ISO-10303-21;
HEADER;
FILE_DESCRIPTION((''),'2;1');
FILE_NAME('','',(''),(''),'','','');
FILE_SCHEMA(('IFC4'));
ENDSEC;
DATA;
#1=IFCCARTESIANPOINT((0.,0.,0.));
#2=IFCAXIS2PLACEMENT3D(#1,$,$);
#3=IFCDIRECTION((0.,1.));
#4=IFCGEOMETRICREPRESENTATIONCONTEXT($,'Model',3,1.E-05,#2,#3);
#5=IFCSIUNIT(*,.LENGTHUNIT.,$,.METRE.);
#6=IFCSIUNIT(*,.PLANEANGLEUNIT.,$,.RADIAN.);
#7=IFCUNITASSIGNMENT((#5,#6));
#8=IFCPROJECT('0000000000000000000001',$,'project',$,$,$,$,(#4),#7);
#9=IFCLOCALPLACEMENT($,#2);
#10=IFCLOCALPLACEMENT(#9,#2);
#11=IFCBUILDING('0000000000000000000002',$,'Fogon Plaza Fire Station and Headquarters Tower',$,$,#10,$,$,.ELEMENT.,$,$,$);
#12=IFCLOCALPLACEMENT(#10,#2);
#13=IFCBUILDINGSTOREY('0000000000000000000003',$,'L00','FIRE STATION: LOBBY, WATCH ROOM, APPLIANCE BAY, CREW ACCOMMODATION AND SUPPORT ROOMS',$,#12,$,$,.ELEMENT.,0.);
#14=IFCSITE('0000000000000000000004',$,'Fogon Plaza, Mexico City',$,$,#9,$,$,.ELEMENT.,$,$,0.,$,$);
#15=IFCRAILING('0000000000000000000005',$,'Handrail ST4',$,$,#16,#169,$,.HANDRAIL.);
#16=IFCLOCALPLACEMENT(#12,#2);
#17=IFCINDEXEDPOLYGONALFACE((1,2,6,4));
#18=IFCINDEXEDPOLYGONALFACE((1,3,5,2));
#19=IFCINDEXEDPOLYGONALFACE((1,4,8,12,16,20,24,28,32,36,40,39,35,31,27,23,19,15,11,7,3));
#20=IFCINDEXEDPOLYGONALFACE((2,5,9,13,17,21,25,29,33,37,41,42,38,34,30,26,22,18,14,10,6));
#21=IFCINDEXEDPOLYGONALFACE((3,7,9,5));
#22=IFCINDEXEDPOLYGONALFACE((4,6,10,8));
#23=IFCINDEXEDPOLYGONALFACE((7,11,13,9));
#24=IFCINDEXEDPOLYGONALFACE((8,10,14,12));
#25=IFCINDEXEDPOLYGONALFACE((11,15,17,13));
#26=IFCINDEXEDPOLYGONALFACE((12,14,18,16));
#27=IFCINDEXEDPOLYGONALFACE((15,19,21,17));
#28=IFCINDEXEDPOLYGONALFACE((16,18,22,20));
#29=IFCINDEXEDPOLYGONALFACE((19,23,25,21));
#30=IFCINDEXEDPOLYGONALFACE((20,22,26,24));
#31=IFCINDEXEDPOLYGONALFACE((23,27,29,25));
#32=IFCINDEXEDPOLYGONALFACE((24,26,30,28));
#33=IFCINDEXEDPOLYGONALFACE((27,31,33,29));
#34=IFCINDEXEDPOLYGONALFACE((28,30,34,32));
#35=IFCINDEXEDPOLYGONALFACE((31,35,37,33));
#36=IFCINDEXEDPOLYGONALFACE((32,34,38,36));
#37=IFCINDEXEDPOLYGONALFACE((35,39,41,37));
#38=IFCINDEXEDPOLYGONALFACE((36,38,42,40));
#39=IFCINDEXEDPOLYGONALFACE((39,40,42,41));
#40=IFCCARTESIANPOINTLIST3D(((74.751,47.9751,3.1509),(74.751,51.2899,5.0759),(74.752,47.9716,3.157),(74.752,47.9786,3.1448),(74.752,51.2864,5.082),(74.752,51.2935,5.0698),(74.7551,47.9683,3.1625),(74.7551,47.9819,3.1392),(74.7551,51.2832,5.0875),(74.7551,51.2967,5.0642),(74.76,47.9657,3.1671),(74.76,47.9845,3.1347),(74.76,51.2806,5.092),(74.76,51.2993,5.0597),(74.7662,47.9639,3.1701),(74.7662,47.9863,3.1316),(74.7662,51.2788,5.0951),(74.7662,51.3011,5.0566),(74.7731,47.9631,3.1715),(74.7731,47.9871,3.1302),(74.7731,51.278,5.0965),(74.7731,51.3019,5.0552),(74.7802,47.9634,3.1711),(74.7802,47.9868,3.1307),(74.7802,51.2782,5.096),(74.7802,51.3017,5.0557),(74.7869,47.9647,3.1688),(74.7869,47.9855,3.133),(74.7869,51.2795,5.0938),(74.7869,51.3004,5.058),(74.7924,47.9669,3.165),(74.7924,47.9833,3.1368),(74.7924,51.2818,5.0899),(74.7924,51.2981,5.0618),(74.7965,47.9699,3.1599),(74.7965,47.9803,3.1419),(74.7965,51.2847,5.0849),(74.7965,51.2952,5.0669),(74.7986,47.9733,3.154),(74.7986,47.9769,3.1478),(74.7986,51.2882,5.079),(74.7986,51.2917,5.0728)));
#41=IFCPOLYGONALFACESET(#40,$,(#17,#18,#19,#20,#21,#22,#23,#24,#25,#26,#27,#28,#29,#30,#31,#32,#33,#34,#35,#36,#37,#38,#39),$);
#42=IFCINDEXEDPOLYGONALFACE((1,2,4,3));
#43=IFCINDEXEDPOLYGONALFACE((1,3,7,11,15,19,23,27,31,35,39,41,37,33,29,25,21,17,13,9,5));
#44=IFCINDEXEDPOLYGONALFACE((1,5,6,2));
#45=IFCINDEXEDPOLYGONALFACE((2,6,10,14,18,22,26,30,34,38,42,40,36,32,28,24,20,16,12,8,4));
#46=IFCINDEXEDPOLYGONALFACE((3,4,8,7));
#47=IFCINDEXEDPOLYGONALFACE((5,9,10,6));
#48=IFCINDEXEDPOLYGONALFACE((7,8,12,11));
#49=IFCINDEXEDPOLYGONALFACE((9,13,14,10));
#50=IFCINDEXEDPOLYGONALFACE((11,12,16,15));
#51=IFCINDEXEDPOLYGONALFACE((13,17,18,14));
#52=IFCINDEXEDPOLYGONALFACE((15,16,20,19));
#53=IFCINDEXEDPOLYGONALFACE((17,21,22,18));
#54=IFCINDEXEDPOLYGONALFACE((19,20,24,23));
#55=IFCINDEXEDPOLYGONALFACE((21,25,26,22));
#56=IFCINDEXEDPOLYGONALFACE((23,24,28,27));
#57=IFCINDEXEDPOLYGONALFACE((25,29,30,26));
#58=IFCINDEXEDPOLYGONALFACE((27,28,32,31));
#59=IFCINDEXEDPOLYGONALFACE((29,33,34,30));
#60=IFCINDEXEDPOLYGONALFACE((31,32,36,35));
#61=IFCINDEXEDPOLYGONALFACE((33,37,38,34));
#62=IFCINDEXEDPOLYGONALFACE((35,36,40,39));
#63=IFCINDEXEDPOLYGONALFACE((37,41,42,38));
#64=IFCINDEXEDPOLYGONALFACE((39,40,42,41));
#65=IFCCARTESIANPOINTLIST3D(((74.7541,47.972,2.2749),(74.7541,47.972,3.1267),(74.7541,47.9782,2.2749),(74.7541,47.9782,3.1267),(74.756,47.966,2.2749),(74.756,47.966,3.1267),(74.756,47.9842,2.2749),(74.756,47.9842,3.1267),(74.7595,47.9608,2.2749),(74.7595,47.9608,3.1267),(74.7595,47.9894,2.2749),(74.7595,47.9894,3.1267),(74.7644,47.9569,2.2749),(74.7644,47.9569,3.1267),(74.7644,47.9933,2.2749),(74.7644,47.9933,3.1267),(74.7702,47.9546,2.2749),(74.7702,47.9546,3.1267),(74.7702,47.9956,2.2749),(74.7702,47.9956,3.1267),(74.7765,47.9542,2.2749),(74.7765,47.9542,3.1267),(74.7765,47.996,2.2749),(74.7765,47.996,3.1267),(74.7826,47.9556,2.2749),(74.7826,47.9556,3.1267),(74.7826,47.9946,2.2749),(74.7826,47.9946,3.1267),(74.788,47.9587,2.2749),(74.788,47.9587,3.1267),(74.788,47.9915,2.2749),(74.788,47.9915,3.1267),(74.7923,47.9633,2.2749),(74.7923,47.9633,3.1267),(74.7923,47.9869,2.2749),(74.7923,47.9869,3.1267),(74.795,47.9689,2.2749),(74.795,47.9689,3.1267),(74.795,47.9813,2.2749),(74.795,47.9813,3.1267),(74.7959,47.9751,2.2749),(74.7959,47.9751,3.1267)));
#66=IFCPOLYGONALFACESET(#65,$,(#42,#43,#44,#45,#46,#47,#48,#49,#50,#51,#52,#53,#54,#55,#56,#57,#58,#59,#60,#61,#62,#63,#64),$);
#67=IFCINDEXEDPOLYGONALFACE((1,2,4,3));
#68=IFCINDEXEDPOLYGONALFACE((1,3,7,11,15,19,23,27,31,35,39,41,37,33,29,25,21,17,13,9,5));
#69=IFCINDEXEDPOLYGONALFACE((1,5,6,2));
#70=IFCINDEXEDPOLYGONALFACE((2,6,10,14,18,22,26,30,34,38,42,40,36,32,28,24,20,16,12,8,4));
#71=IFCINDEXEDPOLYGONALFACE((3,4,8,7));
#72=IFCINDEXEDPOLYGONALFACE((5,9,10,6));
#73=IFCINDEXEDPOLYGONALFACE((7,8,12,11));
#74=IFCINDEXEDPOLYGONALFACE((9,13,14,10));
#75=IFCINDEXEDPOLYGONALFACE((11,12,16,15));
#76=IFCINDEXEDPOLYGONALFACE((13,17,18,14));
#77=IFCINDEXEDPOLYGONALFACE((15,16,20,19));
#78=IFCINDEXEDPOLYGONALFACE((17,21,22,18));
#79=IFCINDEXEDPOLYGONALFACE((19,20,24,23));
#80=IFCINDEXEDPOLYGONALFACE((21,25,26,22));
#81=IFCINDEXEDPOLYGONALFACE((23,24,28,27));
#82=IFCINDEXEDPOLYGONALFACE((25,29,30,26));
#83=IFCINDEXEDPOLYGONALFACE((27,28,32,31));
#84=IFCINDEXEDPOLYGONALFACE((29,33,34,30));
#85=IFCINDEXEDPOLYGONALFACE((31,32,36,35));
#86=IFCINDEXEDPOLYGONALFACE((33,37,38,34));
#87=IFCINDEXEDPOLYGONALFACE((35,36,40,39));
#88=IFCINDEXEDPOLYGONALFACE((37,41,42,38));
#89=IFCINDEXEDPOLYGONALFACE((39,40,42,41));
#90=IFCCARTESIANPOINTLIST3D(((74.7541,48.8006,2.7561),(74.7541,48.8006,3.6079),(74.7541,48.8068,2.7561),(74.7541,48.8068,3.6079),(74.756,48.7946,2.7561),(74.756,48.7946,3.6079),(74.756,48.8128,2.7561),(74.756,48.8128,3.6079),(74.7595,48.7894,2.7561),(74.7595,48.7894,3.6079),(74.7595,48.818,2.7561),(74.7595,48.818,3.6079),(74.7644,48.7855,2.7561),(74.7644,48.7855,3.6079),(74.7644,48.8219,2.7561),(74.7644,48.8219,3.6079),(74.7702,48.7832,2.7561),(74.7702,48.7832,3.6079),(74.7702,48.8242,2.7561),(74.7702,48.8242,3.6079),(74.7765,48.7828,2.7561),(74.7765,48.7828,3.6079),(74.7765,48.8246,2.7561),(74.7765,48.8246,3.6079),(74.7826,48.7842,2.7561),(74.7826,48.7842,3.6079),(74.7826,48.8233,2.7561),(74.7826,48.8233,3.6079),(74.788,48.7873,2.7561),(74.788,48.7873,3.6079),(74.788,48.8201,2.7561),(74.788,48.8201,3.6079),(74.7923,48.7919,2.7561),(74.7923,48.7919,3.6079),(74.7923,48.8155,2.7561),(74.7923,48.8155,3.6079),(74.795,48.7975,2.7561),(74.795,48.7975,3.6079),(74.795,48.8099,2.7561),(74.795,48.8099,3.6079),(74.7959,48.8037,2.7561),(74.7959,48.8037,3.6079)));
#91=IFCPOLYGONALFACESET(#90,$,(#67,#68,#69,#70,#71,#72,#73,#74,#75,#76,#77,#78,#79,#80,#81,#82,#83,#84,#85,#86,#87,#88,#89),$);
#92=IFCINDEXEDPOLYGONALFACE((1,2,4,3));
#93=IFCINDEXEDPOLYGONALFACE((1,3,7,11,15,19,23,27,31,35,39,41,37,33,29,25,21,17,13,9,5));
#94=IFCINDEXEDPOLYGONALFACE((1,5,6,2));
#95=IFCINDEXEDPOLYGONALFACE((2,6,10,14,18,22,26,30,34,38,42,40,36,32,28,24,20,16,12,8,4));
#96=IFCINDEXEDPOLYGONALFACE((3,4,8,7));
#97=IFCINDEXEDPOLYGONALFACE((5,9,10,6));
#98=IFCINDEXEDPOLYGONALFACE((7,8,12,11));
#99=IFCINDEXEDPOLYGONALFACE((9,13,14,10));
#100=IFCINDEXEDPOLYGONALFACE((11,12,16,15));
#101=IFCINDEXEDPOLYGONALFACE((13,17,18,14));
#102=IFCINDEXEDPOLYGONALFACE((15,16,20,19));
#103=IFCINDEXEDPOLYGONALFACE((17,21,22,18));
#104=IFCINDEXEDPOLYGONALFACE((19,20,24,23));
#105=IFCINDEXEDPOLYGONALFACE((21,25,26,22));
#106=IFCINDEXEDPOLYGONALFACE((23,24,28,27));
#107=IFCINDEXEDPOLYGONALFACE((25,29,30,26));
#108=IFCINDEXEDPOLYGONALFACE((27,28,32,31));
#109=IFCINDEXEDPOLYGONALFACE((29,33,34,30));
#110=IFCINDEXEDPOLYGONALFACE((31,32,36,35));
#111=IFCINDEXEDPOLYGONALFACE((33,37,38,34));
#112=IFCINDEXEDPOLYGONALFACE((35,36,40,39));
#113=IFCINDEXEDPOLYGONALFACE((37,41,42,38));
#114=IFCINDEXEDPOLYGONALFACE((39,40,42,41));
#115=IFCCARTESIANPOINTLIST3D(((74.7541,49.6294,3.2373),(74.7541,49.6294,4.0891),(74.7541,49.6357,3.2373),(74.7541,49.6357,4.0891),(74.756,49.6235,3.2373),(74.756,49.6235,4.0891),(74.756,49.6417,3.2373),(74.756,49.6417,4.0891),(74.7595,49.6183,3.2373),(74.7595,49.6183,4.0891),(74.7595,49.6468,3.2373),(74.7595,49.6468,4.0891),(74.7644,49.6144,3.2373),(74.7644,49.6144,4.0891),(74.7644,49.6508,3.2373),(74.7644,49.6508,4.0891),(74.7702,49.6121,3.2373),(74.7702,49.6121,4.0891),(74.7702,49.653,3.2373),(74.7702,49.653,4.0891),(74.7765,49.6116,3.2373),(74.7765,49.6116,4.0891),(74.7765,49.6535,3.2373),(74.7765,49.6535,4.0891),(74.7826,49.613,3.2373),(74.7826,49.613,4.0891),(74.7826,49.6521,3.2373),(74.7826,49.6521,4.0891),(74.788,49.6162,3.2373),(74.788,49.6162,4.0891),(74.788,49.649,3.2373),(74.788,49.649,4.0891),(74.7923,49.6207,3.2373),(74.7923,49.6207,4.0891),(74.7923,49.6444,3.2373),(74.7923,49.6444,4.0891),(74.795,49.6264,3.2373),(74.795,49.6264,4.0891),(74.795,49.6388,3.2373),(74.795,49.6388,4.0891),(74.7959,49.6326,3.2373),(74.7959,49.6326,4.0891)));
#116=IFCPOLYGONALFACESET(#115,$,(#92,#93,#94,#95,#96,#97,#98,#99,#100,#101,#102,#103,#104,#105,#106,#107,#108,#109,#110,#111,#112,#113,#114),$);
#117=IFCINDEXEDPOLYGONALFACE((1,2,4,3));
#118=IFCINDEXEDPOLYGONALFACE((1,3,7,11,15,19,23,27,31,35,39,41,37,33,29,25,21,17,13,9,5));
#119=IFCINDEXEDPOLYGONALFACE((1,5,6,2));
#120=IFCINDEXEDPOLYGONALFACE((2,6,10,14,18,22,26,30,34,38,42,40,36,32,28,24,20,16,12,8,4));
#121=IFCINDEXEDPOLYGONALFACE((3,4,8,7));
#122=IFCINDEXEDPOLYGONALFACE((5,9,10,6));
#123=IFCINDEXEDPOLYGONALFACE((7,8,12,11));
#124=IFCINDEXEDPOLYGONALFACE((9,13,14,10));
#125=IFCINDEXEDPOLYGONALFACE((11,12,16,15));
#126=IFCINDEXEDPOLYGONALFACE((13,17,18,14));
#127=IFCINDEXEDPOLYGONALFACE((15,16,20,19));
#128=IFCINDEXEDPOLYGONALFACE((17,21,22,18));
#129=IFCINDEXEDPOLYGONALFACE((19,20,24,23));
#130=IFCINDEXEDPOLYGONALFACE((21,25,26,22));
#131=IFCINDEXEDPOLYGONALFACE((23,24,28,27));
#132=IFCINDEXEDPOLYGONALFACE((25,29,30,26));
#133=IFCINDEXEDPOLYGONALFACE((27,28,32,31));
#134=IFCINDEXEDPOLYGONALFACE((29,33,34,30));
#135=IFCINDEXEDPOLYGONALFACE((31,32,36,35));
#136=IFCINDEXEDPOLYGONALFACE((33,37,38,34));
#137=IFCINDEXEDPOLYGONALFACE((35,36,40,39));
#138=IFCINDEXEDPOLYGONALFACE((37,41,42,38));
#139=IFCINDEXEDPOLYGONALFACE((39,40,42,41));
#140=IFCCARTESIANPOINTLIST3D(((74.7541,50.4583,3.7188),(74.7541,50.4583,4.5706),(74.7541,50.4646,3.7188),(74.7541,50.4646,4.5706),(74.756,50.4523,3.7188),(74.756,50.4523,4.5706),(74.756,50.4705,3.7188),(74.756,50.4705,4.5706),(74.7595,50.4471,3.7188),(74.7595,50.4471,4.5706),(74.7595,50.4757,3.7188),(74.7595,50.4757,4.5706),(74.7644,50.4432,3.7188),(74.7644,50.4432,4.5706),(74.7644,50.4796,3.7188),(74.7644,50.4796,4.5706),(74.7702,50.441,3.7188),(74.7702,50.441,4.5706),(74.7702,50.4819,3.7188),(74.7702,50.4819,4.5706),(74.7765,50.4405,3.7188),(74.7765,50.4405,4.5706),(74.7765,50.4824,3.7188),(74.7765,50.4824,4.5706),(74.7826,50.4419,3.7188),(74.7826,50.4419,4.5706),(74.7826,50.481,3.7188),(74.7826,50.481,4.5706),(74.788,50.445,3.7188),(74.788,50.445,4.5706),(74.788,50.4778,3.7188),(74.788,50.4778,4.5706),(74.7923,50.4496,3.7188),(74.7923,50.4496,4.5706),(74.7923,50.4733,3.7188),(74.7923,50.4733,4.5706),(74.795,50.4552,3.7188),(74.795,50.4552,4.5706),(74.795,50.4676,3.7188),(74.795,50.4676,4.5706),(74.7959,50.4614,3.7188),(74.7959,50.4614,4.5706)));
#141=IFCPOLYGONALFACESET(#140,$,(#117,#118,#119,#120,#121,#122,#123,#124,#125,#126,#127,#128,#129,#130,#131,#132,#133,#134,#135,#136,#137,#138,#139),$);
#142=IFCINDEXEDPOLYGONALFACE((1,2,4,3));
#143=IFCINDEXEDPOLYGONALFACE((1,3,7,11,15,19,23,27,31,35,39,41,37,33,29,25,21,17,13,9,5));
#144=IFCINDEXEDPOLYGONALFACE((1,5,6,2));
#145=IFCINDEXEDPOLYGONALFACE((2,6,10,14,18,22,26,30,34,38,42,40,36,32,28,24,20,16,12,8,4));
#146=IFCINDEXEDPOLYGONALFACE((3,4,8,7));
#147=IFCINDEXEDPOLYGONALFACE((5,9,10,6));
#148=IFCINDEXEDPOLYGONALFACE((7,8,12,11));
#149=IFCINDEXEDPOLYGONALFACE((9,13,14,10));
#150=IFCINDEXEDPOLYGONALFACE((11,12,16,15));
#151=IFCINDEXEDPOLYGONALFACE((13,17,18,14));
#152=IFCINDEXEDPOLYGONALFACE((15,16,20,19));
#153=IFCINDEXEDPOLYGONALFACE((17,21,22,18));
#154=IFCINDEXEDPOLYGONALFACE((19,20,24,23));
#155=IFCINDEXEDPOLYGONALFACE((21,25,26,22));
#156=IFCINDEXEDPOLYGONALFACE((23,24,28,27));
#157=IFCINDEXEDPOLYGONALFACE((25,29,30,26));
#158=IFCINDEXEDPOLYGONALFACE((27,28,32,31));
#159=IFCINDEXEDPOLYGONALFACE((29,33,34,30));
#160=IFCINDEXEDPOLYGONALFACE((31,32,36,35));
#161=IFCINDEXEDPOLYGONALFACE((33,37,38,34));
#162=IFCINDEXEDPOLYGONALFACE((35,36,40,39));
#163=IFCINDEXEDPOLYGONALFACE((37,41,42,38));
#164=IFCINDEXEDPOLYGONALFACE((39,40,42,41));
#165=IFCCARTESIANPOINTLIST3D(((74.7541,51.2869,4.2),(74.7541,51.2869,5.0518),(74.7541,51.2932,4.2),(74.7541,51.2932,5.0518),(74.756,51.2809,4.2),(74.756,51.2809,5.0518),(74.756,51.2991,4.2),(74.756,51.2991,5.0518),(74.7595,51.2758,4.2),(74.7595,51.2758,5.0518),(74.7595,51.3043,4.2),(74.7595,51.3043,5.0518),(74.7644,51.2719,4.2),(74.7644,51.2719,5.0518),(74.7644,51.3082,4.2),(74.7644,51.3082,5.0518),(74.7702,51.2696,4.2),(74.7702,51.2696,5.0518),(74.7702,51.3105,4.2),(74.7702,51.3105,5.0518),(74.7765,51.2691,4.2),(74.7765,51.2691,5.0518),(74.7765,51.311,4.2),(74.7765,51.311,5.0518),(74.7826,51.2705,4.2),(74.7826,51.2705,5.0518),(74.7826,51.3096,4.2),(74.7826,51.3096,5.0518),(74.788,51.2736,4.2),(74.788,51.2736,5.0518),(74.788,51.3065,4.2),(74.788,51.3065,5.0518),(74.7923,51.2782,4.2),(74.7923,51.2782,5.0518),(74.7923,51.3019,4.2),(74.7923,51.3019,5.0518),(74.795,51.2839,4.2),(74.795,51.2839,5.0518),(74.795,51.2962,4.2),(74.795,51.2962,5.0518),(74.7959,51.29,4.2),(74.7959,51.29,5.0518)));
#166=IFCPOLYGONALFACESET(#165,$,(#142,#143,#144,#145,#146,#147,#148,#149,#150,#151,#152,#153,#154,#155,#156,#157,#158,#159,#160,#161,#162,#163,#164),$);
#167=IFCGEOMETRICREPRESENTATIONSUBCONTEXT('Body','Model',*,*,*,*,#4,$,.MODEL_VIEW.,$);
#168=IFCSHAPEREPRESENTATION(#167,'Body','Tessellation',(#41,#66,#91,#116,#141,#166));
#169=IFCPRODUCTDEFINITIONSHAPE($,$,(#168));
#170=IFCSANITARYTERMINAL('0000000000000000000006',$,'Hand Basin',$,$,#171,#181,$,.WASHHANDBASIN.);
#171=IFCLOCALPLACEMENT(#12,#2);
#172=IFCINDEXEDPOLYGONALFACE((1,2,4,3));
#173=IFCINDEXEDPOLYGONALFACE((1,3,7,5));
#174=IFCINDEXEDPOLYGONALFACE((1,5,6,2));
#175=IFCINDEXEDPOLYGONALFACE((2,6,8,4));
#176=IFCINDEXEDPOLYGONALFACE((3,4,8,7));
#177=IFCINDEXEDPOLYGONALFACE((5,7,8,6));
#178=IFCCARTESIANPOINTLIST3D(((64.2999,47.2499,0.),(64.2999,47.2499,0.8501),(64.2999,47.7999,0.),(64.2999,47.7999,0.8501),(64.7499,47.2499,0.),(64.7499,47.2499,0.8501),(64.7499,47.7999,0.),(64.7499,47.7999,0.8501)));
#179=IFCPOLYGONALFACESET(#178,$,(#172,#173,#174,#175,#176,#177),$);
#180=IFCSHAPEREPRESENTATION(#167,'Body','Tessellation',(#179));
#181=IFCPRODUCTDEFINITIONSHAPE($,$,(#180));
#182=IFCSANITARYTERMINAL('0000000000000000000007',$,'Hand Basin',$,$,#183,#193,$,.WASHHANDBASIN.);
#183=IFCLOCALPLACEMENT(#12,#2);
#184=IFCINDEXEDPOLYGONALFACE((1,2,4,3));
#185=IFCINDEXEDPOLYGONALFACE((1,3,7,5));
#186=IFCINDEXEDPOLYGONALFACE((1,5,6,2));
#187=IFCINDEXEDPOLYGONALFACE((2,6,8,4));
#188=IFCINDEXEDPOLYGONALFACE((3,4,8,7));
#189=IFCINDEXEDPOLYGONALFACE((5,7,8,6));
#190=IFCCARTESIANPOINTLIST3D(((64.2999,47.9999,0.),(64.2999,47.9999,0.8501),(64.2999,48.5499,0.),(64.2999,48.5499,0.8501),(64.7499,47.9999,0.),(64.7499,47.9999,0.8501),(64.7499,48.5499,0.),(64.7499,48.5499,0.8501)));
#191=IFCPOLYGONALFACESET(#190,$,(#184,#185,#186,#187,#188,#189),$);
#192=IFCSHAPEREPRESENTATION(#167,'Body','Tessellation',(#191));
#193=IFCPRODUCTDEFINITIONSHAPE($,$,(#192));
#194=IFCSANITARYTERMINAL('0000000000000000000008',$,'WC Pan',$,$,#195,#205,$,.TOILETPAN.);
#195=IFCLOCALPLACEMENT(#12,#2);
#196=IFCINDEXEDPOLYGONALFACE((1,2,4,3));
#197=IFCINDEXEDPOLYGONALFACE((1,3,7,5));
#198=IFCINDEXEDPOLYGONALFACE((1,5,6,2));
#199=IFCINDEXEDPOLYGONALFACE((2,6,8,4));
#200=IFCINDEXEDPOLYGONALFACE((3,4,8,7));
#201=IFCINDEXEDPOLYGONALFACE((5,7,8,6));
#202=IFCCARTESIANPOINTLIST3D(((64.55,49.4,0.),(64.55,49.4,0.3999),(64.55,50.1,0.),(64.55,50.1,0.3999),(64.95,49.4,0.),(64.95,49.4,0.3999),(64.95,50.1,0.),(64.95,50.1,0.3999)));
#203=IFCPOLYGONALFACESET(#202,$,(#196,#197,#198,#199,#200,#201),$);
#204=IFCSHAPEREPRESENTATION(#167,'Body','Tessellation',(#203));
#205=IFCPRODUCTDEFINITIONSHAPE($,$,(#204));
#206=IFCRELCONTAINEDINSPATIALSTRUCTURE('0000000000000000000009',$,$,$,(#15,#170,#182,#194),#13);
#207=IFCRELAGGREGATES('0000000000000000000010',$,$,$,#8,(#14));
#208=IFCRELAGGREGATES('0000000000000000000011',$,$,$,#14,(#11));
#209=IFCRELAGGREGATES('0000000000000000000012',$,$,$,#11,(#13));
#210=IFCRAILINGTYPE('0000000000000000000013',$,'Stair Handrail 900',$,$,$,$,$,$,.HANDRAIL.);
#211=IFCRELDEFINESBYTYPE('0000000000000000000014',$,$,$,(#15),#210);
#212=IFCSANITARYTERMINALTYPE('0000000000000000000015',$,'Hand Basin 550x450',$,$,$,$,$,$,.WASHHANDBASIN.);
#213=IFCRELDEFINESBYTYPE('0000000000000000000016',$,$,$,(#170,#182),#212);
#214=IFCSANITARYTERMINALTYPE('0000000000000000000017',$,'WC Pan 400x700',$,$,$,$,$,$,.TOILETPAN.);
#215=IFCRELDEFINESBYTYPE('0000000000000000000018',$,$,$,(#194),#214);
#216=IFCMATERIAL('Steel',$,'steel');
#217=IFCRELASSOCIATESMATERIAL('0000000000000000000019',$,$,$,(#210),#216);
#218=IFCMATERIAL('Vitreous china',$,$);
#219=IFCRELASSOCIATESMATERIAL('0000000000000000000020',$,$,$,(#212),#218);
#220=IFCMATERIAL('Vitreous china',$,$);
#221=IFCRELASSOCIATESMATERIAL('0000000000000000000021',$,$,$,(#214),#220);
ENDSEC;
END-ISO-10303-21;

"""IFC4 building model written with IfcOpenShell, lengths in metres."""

from ifc_helpers import new_model, si_unit, direction, frame, origin, origin_2d, place, context, subcontext, project, spatial, rectangle, circle, extrude, material, type_object, element, save


model = new_model("IFC4")

# Units and contexts
model_context = context("Model", 3, precision=1e-05, world=origin(), true_north=direction((0.0, 1.0)))
body_context = subcontext(model_context, "Body", "Model", "MODEL_VIEW")
ifc_project = project(units=[si_unit("LENGTHUNIT", "METRE"), si_unit("PLANEANGLEUNIT", "RADIAN")], contexts=[model_context])

# Site, building, storey
site_placement = place(None, origin())
site = spatial("IfcSite", under=ifc_project, at=site_placement, Name="Fogon Plaza, Mexico City", CompositionType="ELEMENT", RefElevation=0.0)
building_placement = place(site_placement, origin())
building = spatial("IfcBuilding", under=site, at=building_placement, Name="Fogon Plaza Fire Station and Headquarters Tower", CompositionType="ELEMENT")
storey_placement = place(building_placement, origin())
storey = spatial("IfcBuildingStorey", under=building, at=storey_placement, Name="L00", Description="FIRE STATION: LOBBY, WATCH ROOM, APPLIANCE BAY, CREW ACCOMMODATION AND SUPPORT ROOMS", CompositionType="ELEMENT", Elevation=0.0)

# Railing
ifc_material_1 = material(Name="Steel", Category="steel")
railing_type = type_object("IfcRailingType", Name="Stair Handrail 900", PredefinedType="HANDRAIL", material=ifc_material_1)
for number, where, name in (
    (1, (74.7749, 47.9751, 2.2749), "Handrail ST4"),
):
    element("IfcRailing", number, at=place(storey_placement, frame(where)), inside=storey, type_object=railing_type, Name=name, PredefinedType="HANDRAIL", context=body_context, shape_type="SweptSolid", body=[
        extrude(circle(Radius=0.0239, at=origin_2d()), frame((0.0, 0.0, 0.876), z_axis=(0.0, 0.864761, 0.502183), x_axis=(-1.0, 0.0, 0.0)), (0.0, 0.0, 1.0), 3.8333),
        extrude(circle(Radius=0.021, at=origin_2d()), origin(), (0.0, 0.0, 1.0), 0.8518),
        extrude(circle(Radius=0.021, at=origin_2d()), frame((0.0, 0.8286, 0.4812)), (0.0, 0.0, 1.0), 0.8518),
        extrude(circle(Radius=0.021, at=origin_2d()), frame((0.0, 1.6575, 0.9624)), (0.0, 0.0, 1.0), 0.8518),
        extrude(circle(Radius=0.021, at=origin_2d()), frame((0.0, 2.4863, 1.4438)), (0.0, 0.0, 1.0), 0.8518),
        extrude(circle(Radius=0.021, at=origin_2d()), frame((0.0, 3.3149, 1.925)), (0.0, 0.0, 1.0), 0.8518),
    ])

# Sanitary terminals
ifc_material_2 = material(Name="Vitreous china")
sanitary_terminal_type_1 = type_object("IfcSanitaryTerminalType", Name="Hand Basin 550x450", PredefinedType="WASHHANDBASIN", material=ifc_material_2)
for number, where, z_axis, x_axis, name in (
    (2, (64.5249, 47.5249, 0.0), (0.0, 0.0, 1.0), (1.0, 0.0, 0.0), "Hand Basin"),
    (3, (64.5249, 48.2749, 0.0), (0.0, 0.0, 1.0), (1.0, 0.0, 0.0), "Hand Basin"),
):
    element("IfcSanitaryTerminal", number, at=place(storey_placement, frame(where, z_axis=z_axis, x_axis=x_axis)), inside=storey, type_object=sanitary_terminal_type_1, Name=name, PredefinedType="WASHHANDBASIN", context=body_context, shape_type="SweptSolid", body=[
        extrude(rectangle(XDim=0.45, YDim=0.55, at=origin_2d()), origin(), (0.0, 0.0, 1.0), 0.8501),
    ])
ifc_material_3 = material(Name="Vitreous china")
sanitary_terminal_type_2 = type_object("IfcSanitaryTerminalType", Name="WC Pan 400x700", PredefinedType="TOILETPAN", material=ifc_material_3)
for number, where, z_axis, x_axis, name in (
    (4, (64.75, 49.75, 0.0), (0.0, 0.0, 1.0), (1.0, 0.0, 0.0), "WC Pan"),
):
    element("IfcSanitaryTerminal", number, at=place(storey_placement, frame(where, z_axis=z_axis, x_axis=x_axis)), inside=storey, type_object=sanitary_terminal_type_2, Name=name, PredefinedType="TOILETPAN", context=body_context, shape_type="SweptSolid", body=[
        extrude(rectangle(XDim=0.3999, YDim=0.7, at=origin_2d()), origin(), (0.0, 0.0, 1.0), 0.3999),
    ])

save(model, "model.ifc")
